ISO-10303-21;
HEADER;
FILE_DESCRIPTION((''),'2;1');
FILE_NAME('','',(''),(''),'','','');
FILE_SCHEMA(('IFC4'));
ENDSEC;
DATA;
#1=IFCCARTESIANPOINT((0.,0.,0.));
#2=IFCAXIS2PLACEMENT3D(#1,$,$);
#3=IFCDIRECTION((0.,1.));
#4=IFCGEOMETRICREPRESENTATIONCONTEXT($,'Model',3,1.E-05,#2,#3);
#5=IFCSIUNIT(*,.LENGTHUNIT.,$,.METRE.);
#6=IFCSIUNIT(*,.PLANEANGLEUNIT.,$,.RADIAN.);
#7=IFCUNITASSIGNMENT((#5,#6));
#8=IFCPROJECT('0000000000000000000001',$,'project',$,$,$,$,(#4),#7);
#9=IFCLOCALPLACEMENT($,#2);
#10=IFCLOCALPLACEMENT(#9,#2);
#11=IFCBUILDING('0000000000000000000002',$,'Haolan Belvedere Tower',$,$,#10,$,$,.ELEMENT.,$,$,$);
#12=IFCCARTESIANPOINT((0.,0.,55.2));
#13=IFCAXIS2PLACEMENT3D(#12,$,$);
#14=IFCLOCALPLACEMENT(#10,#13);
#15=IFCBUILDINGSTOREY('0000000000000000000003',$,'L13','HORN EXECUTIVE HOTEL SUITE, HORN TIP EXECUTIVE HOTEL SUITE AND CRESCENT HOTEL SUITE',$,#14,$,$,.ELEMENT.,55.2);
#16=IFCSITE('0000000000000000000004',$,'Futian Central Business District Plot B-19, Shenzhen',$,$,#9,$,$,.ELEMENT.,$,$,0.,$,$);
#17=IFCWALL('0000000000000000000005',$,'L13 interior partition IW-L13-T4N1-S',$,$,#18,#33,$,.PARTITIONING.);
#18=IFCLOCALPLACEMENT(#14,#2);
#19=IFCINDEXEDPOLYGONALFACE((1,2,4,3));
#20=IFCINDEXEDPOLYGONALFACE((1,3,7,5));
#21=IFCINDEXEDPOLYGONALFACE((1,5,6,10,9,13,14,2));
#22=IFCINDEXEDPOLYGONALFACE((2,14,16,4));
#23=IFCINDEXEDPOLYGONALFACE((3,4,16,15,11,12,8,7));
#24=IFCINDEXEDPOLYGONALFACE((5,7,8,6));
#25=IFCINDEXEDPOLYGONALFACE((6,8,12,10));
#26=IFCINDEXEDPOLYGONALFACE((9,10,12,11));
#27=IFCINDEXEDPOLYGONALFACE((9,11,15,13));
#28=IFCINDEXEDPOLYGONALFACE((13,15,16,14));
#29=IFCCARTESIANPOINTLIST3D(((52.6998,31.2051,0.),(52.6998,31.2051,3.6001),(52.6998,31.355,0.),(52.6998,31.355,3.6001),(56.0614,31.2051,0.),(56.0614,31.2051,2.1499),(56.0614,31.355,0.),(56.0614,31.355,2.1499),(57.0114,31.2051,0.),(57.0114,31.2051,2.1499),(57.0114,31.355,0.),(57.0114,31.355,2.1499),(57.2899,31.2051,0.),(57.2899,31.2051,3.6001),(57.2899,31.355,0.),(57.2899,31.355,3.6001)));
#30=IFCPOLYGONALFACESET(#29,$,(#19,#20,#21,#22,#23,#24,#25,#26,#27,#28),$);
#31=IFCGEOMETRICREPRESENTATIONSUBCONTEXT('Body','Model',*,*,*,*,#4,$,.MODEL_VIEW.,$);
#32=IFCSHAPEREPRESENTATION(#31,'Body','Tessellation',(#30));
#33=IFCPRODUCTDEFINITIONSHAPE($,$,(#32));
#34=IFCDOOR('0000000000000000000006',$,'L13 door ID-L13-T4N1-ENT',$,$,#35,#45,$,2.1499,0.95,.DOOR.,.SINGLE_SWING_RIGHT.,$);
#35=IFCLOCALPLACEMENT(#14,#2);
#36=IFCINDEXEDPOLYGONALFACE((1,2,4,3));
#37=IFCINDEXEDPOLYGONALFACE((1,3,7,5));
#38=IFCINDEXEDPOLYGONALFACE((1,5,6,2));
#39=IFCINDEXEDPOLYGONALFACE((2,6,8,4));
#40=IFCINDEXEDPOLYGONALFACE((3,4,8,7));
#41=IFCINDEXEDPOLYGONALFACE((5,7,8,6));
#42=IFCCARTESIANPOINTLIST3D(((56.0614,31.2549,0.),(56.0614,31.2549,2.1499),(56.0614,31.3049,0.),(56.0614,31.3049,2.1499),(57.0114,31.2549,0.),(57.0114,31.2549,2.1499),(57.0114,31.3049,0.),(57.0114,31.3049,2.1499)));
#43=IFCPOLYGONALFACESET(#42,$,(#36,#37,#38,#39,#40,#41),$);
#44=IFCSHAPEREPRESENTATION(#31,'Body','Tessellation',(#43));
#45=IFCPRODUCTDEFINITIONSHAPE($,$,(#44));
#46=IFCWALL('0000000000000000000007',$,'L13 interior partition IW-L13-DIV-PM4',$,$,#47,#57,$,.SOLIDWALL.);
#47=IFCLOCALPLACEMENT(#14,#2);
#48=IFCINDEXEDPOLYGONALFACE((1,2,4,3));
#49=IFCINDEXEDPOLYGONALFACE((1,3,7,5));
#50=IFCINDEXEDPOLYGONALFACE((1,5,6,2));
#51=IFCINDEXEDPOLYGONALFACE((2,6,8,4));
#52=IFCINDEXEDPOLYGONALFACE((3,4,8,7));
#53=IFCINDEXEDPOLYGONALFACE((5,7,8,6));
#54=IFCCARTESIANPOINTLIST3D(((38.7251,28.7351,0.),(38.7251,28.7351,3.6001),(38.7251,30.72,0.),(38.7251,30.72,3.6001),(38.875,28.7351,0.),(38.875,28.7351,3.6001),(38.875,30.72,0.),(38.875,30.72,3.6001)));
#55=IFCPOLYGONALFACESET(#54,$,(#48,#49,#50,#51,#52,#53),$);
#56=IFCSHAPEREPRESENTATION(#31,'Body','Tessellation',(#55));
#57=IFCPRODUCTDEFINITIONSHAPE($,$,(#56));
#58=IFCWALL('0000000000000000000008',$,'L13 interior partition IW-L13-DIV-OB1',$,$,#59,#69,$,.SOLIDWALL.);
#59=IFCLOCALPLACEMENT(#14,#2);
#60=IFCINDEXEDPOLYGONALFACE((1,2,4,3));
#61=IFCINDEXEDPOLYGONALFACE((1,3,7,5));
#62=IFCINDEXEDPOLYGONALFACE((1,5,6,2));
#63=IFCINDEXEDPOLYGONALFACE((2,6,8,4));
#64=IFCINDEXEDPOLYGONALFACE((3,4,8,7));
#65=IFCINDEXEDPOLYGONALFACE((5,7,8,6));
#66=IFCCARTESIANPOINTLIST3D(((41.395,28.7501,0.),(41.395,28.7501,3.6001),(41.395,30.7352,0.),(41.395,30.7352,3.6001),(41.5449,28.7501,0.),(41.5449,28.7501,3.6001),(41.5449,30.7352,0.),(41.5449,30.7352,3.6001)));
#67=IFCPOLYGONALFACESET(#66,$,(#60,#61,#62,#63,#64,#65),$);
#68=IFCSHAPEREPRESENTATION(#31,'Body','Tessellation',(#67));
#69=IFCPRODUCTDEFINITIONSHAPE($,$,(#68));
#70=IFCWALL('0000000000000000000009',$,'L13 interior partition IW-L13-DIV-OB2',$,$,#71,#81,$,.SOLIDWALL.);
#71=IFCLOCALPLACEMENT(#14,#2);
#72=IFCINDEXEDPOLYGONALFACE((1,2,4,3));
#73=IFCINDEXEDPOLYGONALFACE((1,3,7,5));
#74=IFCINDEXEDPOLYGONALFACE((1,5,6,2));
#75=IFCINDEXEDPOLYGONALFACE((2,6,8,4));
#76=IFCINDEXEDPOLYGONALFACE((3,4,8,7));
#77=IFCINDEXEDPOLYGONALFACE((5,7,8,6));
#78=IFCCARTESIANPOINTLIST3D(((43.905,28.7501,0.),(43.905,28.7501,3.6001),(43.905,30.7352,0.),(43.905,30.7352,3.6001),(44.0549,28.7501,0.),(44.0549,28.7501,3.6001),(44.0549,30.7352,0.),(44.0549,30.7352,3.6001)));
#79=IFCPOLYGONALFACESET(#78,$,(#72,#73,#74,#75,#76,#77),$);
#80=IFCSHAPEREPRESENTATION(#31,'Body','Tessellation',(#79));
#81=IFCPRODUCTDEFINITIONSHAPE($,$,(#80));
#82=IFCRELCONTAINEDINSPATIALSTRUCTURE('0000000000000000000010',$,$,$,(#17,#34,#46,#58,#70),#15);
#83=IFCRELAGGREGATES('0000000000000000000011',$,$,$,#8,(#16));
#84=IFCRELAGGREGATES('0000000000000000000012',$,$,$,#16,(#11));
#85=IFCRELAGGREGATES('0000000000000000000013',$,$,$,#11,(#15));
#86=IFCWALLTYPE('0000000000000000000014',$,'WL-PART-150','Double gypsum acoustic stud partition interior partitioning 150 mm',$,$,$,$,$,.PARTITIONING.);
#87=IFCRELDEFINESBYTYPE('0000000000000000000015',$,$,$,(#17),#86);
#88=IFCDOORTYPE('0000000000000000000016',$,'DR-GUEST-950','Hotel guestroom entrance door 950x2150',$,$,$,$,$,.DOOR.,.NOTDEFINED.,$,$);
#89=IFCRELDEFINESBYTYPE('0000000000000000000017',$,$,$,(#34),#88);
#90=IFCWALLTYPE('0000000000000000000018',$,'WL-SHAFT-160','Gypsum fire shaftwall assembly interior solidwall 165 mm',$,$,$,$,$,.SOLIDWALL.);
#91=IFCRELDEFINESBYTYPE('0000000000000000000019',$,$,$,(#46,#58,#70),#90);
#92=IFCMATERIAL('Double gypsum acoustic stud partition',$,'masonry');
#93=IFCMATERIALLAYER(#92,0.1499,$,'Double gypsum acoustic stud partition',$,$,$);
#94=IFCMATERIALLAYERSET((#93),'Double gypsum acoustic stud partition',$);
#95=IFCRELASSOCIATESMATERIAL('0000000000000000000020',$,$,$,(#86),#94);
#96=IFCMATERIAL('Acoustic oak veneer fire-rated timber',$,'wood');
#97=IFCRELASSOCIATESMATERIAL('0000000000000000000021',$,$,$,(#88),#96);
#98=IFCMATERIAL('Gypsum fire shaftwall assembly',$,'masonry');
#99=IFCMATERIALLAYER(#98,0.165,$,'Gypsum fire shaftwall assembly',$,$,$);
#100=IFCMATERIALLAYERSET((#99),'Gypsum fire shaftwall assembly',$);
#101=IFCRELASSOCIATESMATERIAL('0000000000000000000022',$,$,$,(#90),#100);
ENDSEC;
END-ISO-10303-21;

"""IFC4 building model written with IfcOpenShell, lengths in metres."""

from ifc_helpers import new_model, si_unit, direction, frame, frame_2d, origin, place, context, subcontext, project, spatial, rectangle, extrude, material, layer, layer_set, type_object, element, fill, save


model = new_model("IFC4")

# Units and contexts
model_context = context("Model", 3, precision=1e-05, world=origin(), true_north=direction((0.0, 1.0)))
body_context = subcontext(model_context, "Body", "Model", "MODEL_VIEW")
ifc_project = project(units=[si_unit("LENGTHUNIT", "METRE"), si_unit("PLANEANGLEUNIT", "RADIAN")], contexts=[model_context])

# Site, building, storey
site_placement = place(None, origin())
site = spatial("IfcSite", under=ifc_project, at=site_placement, Name="Futian Central Business District Plot B-19, Shenzhen", CompositionType="ELEMENT", RefElevation=0.0)
building_placement = place(site_placement, origin())
building = spatial("IfcBuilding", under=site, at=building_placement, Name="Haolan Belvedere Tower", CompositionType="ELEMENT")
storey_placement = place(building_placement, frame((0.0, 0.0, 55.2)))
storey = spatial("IfcBuildingStorey", under=building, at=storey_placement, Name="L13", Description="HORN EXECUTIVE HOTEL SUITE, HORN TIP EXECUTIVE HOTEL SUITE AND CRESCENT HOTEL SUITE", CompositionType="ELEMENT", Elevation=55.2)

# Shared definitions
ifc_material_1 = material(Name="Double gypsum acoustic stud partition", Category="masonry")
ifc_layer_1 = layer(ifc_material_1, 0.1499, Name="Double gypsum acoustic stud partition")
ifc_layer_set_1 = layer_set([ifc_layer_1], Name="Double gypsum acoustic stud partition")
wall_type_1 = type_object("IfcWallType", Name="WL-PART-150", Description="Double gypsum acoustic stud partition interior partitioning 150 mm", PredefinedType="PARTITIONING", material=ifc_layer_set_1)

# Wall, opening, door
wall_1_placement = place(storey_placement, frame((52.7, 31.28, 0.0), z_axis=(0.0, 0.0, 1.0), x_axis=(1.0, 0.0, 0.0)))
wall_1 = element("IfcWall", 1, at=wall_1_placement, inside=storey, type_object=wall_type_1, Name="L13 interior partition IW-L13-T4N1-S", PredefinedType="PARTITIONING", context=body_context, shape_type="SweptSolid", body=[
    extrude(rectangle(XDim=4.5901, YDim=0.1499, at=frame_2d((2.2949, 0.0))), origin(), (0.0, 0.0, 1.0), 3.6001),
])
opening_1_placement = place(wall_1_placement, frame((3.3613, 0.0, 0.0)))
opening_1 = element("IfcOpeningElement", 2, at=opening_1_placement, cuts=wall_1, PredefinedType="OPENING", context=body_context, shape_type="SweptSolid", body=[
    extrude(rectangle(XDim=0.95, YDim=2.1499, at=frame_2d((0.4751, 1.075))), frame((0.0, 0.085, 0.0), z_axis=(0.0, -1.0, 0.0), x_axis=(1.0, 0.0, 0.0)), (0.0, 0.0, 1.0), 0.1699),
])
ifc_material_2 = material(Name="Acoustic oak veneer fire-rated timber", Category="wood")
door_type_1 = type_object("IfcDoorType", Name="DR-GUEST-950", Description="Hotel guestroom entrance door 950x2150", OperationType="NOTDEFINED", PredefinedType="DOOR", material=ifc_material_2)
door_1_placement = place(opening_1_placement, origin())
door_1 = element("IfcDoor", 3, at=door_1_placement, inside=storey, type_object=door_type_1, Name="L13 door ID-L13-T4N1-ENT", OperationType="SINGLE_SWING_RIGHT", OverallHeight=2.1499, OverallWidth=0.95, PredefinedType="DOOR", context=body_context, shape_type="SweptSolid", body=[
    extrude(rectangle(XDim=0.95, YDim=2.1499, at=frame_2d((0.4751, 1.075))), frame((0.0, 0.0249, 0.0), z_axis=(0.0, -1.0, 0.0), x_axis=(1.0, 0.0, 0.0)), (0.0, 0.0, 1.0), 0.05),
])
fill(opening_1, door_1)

# Walls
ifc_material_3 = material(Name="Gypsum fire shaftwall assembly", Category="masonry")
ifc_layer_2 = layer(ifc_material_3, 0.165, Name="Gypsum fire shaftwall assembly")
ifc_layer_set_2 = layer_set([ifc_layer_2], Name="Gypsum fire shaftwall assembly")
wall_type_2 = type_object("IfcWallType", Name="WL-SHAFT-160", Description="Gypsum fire shaftwall assembly interior solidwall 165 mm", PredefinedType="SOLIDWALL", material=ifc_layer_set_2)
wall_2_placement = place(storey_placement, frame((38.8, 28.7351, 0.0), z_axis=(0.0, 0.0, 1.0), x_axis=(0.0, 1.0, 0.0)))
element("IfcWall", 4, at=wall_2_placement, inside=storey, type_object=wall_type_2, Name="L13 interior partition IW-L13-DIV-PM4", PredefinedType="SOLIDWALL", context=body_context, shape_type="SweptSolid", body=[
    extrude(rectangle(XDim=1.9849, YDim=0.1499, at=frame_2d((0.9924, 0.0))), origin(), (0.0, 0.0, 1.0), 3.6001),
])
for number, where, z_axis, x_axis, name in (
    (5, (41.47, 28.75, 0.0), (0.0, 0.0, 1.0), (0.0, 1.0, 0.0), "L13 interior partition IW-L13-DIV-OB1"),
    (6, (43.98, 28.75, 0.0), (0.0, 0.0, 1.0), (0.0, 1.0, 0.0), "L13 interior partition IW-L13-DIV-OB2"),
):
    element("IfcWall", number, at=place(storey_placement, frame(where, z_axis=z_axis, x_axis=x_axis)), inside=storey, type_object=wall_type_2, Name=name, PredefinedType="SOLIDWALL", context=body_context, shape_type="SweptSolid", body=[
        extrude(rectangle(XDim=1.9851, YDim=0.1499, at=frame_2d((0.9927, 0.0))), origin(), (0.0, 0.0, 1.0), 3.6001),
    ])

save(model, "model.ifc")
